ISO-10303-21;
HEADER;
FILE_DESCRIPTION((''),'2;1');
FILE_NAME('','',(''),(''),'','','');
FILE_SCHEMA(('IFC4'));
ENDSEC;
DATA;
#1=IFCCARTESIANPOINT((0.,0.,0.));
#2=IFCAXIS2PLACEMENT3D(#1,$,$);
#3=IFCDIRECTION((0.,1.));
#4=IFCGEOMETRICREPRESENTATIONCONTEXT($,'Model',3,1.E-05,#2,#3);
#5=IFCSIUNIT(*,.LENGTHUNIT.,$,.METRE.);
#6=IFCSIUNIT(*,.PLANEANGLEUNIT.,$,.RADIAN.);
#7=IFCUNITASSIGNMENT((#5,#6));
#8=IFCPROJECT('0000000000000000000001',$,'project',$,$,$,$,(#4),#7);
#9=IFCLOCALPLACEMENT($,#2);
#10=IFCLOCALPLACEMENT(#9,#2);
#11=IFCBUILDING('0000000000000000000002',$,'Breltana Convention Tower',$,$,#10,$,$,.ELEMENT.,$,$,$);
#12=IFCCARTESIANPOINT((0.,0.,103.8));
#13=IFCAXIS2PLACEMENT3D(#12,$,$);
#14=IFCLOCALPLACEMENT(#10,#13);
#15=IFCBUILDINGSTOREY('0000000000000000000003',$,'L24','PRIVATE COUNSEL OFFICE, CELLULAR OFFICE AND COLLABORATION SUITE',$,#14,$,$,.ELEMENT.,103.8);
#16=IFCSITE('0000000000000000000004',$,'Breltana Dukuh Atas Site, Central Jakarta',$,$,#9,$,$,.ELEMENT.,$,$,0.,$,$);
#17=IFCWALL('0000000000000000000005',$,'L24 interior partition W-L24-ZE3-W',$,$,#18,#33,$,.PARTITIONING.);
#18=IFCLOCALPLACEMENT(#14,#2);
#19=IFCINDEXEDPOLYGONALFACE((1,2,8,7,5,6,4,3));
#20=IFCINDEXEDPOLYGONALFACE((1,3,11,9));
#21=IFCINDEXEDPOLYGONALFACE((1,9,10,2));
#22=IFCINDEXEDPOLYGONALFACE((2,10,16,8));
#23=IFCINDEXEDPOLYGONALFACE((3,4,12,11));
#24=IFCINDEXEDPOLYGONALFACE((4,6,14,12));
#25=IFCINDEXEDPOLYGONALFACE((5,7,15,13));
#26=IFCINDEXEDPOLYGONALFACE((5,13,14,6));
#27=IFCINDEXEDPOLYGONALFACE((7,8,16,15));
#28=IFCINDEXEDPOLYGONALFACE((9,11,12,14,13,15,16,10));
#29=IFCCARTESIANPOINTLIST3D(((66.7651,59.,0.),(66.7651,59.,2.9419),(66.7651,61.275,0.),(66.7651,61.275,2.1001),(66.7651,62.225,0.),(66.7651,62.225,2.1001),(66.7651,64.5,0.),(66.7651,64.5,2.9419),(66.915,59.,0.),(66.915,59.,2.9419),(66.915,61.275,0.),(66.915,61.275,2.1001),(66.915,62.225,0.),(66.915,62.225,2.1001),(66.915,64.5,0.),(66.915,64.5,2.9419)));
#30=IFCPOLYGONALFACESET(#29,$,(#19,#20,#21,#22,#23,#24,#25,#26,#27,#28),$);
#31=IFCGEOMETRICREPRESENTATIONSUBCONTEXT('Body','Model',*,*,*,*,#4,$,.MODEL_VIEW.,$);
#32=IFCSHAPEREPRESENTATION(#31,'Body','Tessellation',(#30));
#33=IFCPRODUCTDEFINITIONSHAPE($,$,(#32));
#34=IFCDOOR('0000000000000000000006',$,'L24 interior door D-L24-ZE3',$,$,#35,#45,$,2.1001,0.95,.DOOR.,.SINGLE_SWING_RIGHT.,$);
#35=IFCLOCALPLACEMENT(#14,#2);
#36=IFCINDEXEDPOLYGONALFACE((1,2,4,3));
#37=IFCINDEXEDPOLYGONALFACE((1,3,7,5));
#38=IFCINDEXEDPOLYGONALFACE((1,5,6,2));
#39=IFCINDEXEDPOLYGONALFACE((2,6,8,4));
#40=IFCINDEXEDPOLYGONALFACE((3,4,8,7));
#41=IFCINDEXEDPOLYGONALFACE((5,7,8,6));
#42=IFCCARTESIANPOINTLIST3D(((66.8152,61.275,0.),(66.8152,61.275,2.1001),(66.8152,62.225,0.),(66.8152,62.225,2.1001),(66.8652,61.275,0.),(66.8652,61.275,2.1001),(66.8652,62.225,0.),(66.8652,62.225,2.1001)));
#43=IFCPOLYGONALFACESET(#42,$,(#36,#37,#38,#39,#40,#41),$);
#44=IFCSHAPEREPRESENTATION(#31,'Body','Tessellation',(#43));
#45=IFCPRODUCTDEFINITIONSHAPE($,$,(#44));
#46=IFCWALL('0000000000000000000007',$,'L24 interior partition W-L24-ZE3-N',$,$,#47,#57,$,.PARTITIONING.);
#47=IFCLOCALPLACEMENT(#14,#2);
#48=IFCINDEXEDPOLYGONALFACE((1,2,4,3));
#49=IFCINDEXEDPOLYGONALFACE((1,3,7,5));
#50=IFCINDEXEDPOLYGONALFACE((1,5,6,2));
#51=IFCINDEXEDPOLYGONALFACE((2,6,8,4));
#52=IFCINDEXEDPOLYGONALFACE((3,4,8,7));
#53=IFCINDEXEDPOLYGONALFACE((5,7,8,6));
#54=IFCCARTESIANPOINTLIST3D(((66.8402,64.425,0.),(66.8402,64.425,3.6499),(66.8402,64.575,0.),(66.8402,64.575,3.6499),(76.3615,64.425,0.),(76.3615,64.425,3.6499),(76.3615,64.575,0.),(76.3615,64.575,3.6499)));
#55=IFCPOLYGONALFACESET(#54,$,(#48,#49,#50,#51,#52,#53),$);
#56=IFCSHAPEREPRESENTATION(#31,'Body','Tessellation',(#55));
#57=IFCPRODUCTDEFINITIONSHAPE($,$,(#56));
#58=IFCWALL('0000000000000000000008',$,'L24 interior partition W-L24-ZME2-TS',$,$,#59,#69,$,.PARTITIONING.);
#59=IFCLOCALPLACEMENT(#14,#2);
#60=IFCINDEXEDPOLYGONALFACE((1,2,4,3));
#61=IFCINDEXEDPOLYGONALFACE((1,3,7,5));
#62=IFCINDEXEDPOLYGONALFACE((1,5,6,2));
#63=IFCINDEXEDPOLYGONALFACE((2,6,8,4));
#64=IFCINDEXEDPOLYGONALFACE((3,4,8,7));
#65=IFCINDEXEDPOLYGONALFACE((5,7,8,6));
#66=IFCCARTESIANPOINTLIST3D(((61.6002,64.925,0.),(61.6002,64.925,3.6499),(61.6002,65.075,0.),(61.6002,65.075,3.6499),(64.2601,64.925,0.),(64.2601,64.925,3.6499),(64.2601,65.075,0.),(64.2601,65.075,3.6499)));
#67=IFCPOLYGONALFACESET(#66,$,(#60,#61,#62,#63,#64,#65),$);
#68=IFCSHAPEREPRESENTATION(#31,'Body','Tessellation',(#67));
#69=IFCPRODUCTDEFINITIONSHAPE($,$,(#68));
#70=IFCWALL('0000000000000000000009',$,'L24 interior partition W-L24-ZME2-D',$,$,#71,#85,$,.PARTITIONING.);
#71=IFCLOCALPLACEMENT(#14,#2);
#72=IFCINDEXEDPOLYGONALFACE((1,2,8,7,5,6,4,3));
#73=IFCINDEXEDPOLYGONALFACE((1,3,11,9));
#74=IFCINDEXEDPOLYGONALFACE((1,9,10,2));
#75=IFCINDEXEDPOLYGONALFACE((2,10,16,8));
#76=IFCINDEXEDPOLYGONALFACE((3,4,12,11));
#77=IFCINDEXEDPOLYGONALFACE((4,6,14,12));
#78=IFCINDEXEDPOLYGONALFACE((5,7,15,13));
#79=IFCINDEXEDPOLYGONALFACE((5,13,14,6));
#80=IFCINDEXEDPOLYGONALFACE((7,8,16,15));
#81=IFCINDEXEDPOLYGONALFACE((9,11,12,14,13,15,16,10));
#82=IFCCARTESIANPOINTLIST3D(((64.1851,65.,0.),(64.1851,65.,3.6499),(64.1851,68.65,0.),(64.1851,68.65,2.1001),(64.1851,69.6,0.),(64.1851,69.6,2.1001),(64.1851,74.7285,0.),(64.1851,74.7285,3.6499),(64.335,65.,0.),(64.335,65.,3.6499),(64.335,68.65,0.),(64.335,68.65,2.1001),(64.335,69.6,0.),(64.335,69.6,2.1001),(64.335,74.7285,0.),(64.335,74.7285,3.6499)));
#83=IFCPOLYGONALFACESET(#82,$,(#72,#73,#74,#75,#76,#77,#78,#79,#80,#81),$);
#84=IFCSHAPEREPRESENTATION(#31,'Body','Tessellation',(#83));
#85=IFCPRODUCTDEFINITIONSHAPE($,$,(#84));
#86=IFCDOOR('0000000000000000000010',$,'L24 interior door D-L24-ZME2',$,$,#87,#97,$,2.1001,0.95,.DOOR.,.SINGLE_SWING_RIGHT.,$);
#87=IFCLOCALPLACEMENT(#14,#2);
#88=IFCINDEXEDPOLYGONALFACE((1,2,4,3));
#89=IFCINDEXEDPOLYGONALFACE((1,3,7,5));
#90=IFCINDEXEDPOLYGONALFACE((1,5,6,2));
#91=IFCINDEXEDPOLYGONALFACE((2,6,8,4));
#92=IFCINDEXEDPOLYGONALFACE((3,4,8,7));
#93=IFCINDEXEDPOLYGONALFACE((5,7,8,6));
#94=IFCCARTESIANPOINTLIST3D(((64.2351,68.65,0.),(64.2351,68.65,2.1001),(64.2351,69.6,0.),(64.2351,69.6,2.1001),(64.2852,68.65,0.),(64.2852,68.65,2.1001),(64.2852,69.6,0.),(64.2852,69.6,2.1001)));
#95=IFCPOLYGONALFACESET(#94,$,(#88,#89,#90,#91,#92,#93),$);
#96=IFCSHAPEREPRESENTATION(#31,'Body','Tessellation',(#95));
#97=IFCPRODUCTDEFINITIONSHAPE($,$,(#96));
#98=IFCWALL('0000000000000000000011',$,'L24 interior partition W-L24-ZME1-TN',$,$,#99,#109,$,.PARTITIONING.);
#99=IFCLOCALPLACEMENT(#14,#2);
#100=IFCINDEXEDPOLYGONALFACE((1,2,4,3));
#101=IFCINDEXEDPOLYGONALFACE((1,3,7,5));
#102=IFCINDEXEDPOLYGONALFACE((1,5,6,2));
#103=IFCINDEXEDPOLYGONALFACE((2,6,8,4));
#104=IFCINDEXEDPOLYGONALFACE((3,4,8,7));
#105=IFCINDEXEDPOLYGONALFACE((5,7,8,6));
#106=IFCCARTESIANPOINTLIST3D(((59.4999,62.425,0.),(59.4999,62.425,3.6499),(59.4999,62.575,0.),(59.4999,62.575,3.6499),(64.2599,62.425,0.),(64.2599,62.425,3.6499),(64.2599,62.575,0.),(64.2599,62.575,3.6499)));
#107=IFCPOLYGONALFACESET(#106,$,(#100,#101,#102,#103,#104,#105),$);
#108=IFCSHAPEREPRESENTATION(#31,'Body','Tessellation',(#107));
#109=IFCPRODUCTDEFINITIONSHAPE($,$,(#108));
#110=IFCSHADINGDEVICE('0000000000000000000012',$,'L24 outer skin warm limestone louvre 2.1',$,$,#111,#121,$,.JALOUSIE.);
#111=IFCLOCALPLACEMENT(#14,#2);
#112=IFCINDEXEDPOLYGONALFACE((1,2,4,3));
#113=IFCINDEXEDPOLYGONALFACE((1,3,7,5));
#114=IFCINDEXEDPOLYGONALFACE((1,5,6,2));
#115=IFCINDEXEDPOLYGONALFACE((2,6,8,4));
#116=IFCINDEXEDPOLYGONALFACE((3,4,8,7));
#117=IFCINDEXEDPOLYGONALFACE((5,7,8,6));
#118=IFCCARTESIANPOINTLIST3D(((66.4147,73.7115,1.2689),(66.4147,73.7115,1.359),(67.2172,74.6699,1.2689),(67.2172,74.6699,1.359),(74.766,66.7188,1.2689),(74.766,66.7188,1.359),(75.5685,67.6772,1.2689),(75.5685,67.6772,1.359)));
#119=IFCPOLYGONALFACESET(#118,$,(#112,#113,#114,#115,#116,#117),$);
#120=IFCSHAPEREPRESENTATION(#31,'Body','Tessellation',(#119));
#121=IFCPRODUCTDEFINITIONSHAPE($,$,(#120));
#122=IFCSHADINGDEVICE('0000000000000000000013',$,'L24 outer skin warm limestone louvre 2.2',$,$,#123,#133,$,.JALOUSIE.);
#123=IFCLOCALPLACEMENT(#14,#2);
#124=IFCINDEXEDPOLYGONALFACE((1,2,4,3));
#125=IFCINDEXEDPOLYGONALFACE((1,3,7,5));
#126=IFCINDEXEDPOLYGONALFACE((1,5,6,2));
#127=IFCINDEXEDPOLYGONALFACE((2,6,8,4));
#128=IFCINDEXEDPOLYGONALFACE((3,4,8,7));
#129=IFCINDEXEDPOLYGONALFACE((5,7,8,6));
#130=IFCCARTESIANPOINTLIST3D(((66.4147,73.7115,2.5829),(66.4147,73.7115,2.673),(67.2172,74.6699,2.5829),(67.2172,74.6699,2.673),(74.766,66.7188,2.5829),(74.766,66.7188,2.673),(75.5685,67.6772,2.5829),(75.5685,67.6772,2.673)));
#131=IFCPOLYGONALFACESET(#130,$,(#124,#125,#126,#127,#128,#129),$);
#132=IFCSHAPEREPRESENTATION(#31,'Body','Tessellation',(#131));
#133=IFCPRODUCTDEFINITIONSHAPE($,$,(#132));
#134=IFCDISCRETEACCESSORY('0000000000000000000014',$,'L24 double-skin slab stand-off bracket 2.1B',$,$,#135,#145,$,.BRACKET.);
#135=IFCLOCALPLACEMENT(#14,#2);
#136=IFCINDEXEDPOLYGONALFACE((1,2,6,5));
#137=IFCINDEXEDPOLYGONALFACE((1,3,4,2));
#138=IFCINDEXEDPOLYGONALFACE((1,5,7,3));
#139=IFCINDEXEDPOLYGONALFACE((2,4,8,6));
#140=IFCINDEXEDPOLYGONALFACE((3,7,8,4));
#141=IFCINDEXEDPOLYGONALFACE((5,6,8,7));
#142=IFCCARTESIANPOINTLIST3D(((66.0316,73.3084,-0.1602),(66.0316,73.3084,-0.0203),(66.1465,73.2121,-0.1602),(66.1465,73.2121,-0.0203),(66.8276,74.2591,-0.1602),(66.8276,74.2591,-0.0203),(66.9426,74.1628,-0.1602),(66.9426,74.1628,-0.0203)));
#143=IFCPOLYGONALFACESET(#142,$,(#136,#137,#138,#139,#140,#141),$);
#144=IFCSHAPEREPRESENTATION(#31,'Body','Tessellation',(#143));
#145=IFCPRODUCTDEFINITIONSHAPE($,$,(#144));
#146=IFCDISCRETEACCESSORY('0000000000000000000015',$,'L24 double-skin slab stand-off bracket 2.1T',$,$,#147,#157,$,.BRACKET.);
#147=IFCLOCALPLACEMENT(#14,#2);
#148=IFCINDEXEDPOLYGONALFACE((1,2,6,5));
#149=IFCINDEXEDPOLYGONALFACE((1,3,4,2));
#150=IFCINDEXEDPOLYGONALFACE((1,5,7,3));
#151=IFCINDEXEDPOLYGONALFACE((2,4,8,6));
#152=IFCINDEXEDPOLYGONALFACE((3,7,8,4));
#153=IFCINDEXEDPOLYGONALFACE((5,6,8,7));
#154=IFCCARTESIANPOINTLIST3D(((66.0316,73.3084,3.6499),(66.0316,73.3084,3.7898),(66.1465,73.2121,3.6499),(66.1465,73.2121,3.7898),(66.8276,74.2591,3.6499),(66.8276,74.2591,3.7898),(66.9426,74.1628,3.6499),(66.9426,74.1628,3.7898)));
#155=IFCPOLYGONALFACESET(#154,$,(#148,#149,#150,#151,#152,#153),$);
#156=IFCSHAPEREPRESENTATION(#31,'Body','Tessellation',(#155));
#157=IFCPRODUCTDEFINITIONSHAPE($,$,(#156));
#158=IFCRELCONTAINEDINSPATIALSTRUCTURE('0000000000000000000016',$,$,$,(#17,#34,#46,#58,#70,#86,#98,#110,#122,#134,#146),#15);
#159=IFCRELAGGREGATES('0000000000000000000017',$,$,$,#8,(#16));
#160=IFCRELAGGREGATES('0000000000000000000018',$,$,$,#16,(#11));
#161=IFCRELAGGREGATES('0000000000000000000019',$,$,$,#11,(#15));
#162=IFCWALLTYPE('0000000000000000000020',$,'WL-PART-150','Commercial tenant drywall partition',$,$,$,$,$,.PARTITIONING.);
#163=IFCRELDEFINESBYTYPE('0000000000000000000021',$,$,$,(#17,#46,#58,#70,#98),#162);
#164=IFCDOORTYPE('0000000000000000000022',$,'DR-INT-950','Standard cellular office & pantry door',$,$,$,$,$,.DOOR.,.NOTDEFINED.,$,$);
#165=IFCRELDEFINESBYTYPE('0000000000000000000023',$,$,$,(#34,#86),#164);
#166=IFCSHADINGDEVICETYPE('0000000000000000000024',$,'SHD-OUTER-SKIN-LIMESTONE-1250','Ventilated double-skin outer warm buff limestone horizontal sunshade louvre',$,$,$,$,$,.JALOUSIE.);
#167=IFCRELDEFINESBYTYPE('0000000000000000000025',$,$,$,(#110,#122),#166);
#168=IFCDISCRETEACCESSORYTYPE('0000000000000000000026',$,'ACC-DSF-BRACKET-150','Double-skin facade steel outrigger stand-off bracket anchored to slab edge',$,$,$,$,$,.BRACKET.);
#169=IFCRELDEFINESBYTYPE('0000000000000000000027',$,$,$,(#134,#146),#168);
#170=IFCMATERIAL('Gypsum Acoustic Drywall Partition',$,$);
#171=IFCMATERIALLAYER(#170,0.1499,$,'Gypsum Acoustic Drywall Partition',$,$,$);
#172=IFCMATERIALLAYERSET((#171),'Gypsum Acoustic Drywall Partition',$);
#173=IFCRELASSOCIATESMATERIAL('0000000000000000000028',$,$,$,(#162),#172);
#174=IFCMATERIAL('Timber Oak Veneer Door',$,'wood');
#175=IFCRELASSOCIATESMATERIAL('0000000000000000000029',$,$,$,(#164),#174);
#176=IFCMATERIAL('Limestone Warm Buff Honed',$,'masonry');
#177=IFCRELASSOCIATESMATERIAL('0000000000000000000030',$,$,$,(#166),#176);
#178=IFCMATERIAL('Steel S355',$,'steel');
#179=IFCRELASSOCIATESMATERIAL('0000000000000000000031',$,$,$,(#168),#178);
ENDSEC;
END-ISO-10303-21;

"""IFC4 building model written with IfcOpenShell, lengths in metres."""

from ifc_helpers import new_model, si_unit, direction, frame, frame_2d, origin, origin_2d, place, context, subcontext, project, spatial, rectangle, extrude, source, transform, mapped, material, layer, layer_set, material_profile, profile_set, type_object, type_shapes, element, fill, save


model = new_model("IFC4")

# Units and contexts
model_context = context("Model", 3, precision=1e-05, world=origin(), true_north=direction((0.0, 1.0)))
body_context = subcontext(model_context, "Body", "Model", "MODEL_VIEW")
ifc_project = project(units=[si_unit("LENGTHUNIT", "METRE"), si_unit("PLANEANGLEUNIT", "RADIAN")], contexts=[model_context])

# Site, building, storey
site_placement = place(None, origin())
site = spatial("IfcSite", under=ifc_project, at=site_placement, Name="Breltana Dukuh Atas Site, Central Jakarta", CompositionType="ELEMENT", RefElevation=0.0)
building_placement = place(site_placement, origin())
building = spatial("IfcBuilding", under=site, at=building_placement, Name="Breltana Convention Tower", CompositionType="ELEMENT")
storey_placement = place(building_placement, frame((0.0, 0.0, 103.8)))
storey = spatial("IfcBuildingStorey", under=building, at=storey_placement, Name="L24", Description="PRIVATE COUNSEL OFFICE, CELLULAR OFFICE AND COLLABORATION SUITE", CompositionType="ELEMENT", Elevation=103.8)

# Shared definitions
ifc_material_1 = material(Name="Gypsum Acoustic Drywall Partition")
ifc_layer_1 = layer(ifc_material_1, 0.1499, Name="Gypsum Acoustic Drywall Partition")
ifc_layer_set_1 = layer_set([ifc_layer_1], Name="Gypsum Acoustic Drywall Partition")
wall_type_1 = type_object("IfcWallType", Name="WL-PART-150", Description="Commercial tenant drywall partition", PredefinedType="PARTITIONING", material=ifc_layer_set_1)

# Wall, opening, door
shared_shape_1 = source(origin(), body_context, "Body", "SweptSolid", [
    extrude(rectangle(XDim=5.5, YDim=0.1499, at=frame_2d((2.75, 0.0))), origin(), (0.0, 0.0, 1.0), 2.9419),
])
wall_1_placement = place(storey_placement, frame((66.8401, 59.0, 0.0), z_axis=(0.0, 0.0, 1.0), x_axis=(0.0, 1.0, 0.0)))
wall_1 = element("IfcWall", 1, at=wall_1_placement, inside=storey, type_object=wall_type_1, Name="L24 interior partition W-L24-ZE3-W", PredefinedType="PARTITIONING", context=body_context, shape_type="MappedRepresentation", body=[
    mapped(shared_shape_1, transform((0.0, 0.0, 0.0), scale=1.0)),
])
opening_1_placement = place(wall_1_placement, frame((2.2749, 0.0, 0.0)))
opening_1 = element("IfcOpeningElement", 2, at=opening_1_placement, cuts=wall_1, PredefinedType="OPENING", context=body_context, shape_type="SweptSolid", body=[
    extrude(rectangle(XDim=0.95, YDim=2.1001, at=frame_2d((0.4751, 1.05))), frame((0.0, 0.085, 0.0), z_axis=(0.0, -1.0, 0.0), x_axis=(1.0, 0.0, 0.0)), (0.0, 0.0, 1.0), 0.1699),
])
ifc_material_2 = material(Name="Timber Oak Veneer Door", Category="wood")
door_type = type_object("IfcDoorType", Name="DR-INT-950", Description="Standard cellular office & pantry door", OperationType="NOTDEFINED", PredefinedType="DOOR", material=ifc_material_2)
shared_shape_2 = source(origin(), body_context, "Body", "SweptSolid", [
    extrude(rectangle(XDim=0.95, YDim=2.1001, at=frame_2d((0.4751, 1.05))), frame((0.0, 0.0249, 0.0), z_axis=(0.0, -1.0, 0.0), x_axis=(1.0, 0.0, 0.0)), (0.0, 0.0, 1.0), 0.05),
])
type_shapes(door_type, [shared_shape_2])
door_1_placement = place(opening_1_placement, origin())
door_1 = element("IfcDoor", 3, at=door_1_placement, inside=storey, type_object=door_type, Name="L24 interior door D-L24-ZE3", OperationType="SINGLE_SWING_RIGHT", OverallHeight=2.1001, OverallWidth=0.95, PredefinedType="DOOR", context=body_context, shape_type="MappedRepresentation", body=[
    mapped(shared_shape_2, transform((0.0, 0.0, 0.0), scale=1.0)),
])
fill(opening_1, door_1)

# Walls
shared_shape_3 = source(origin(), body_context, "Body", "SweptSolid", [
    extrude(rectangle(XDim=9.5212, YDim=0.1499, at=frame_2d((4.7607, 0.0))), origin(), (0.0, 0.0, 1.0), 3.6499),
])
wall_2_placement = place(storey_placement, frame((66.8401, 64.5, 0.0), z_axis=(0.0, 0.0, 1.0), x_axis=(1.0, 0.0, 0.0)))
element("IfcWall", 4, at=wall_2_placement, inside=storey, type_object=wall_type_1, Name="L24 interior partition W-L24-ZE3-N", PredefinedType="PARTITIONING", context=body_context, shape_type="MappedRepresentation", body=[
    mapped(shared_shape_3, transform((0.0, 0.0, 0.0), scale=1.0)),
])
shared_shape_4 = source(origin(), body_context, "Body", "SweptSolid", [
    extrude(rectangle(XDim=2.6599, YDim=0.1499, at=frame_2d((1.3301, 0.0))), origin(), (0.0, 0.0, 1.0), 3.6499),
])
wall_3_placement = place(storey_placement, frame((61.6001, 65.0, 0.0), z_axis=(0.0, 0.0, 1.0), x_axis=(1.0, 0.0, 0.0)))
element("IfcWall", 5, at=wall_3_placement, inside=storey, type_object=wall_type_1, Name="L24 interior partition W-L24-ZME2-TS", PredefinedType="PARTITIONING", context=body_context, shape_type="MappedRepresentation", body=[
    mapped(shared_shape_4, transform((0.0, 0.0, 0.0), scale=1.0)),
])

# Wall, opening, door
shared_shape_5 = source(origin(), body_context, "Body", "SweptSolid", [
    extrude(rectangle(XDim=9.7285, YDim=0.1499, at=frame_2d((4.8643, 0.0))), origin(), (0.0, 0.0, 1.0), 3.6499),
])
wall_4_placement = place(storey_placement, frame((64.26, 65.0, 0.0), z_axis=(0.0, 0.0, 1.0), x_axis=(0.0, 1.0, 0.0)))
wall_4 = element("IfcWall", 6, at=wall_4_placement, inside=storey, type_object=wall_type_1, Name="L24 interior partition W-L24-ZME2-D", PredefinedType="PARTITIONING", context=body_context, shape_type="MappedRepresentation", body=[
    mapped(shared_shape_5, transform((0.0, 0.0, 0.0), scale=1.0)),
])
opening_2_placement = place(wall_4_placement, frame((3.6499, 0.0, 0.0)))
opening_2 = element("IfcOpeningElement", 7, at=opening_2_placement, cuts=wall_4, PredefinedType="OPENING", context=body_context, shape_type="SweptSolid", body=[
    extrude(rectangle(XDim=0.95, YDim=2.1001, at=frame_2d((0.4751, 1.05))), frame((0.0, 0.085, 0.0), z_axis=(0.0, -1.0, 0.0), x_axis=(1.0, 0.0, 0.0)), (0.0, 0.0, 1.0), 0.1699),
])
door_2_placement = place(opening_2_placement, origin())
door_2 = element("IfcDoor", 8, at=door_2_placement, inside=storey, type_object=door_type, Name="L24 interior door D-L24-ZME2", OperationType="SINGLE_SWING_RIGHT", OverallHeight=2.1001, OverallWidth=0.95, PredefinedType="DOOR", context=body_context, shape_type="MappedRepresentation", body=[
    mapped(shared_shape_2, transform((0.0, 0.0, 0.0), scale=1.0)),
])
fill(opening_2, door_2)

# Wall
shared_shape_6 = source(origin(), body_context, "Body", "SweptSolid", [
    extrude(rectangle(XDim=4.76, YDim=0.1499, at=frame_2d((2.3799, 0.0))), origin(), (0.0, 0.0, 1.0), 3.6499),
])
wall_5_placement = place(storey_placement, frame((59.5, 62.5, 0.0), z_axis=(0.0, 0.0, 1.0), x_axis=(1.0, 0.0, 0.0)))
element("IfcWall", 9, at=wall_5_placement, inside=storey, type_object=wall_type_1, Name="L24 interior partition W-L24-ZME1-TN", PredefinedType="PARTITIONING", context=body_context, shape_type="MappedRepresentation", body=[
    mapped(shared_shape_6, transform((0.0, 0.0, 0.0), scale=1.0)),
])

# Shading devices
ifc_material_3 = material(Name="Limestone Warm Buff Honed", Category="masonry")
ifc_material_profile_1 = material_profile(ifc_material_3, rectangle(XDim=1.25, YDim=0.0901, at=origin_2d()), Name="STN-LVR-1250X90")
ifc_profile_set_1 = profile_set([ifc_material_profile_1], Name="Limestone Warm Buff Honed")
shading_device_type = type_object("IfcShadingDeviceType", Name="SHD-OUTER-SKIN-LIMESTONE-1250", Description="Ventilated double-skin outer warm buff limestone horizontal sunshade louvre", PredefinedType="JALOUSIE", material=ifc_profile_set_1)
shared_shape_7 = source(origin(), body_context, "Body", "SweptSolid", [
    extrude(rectangle(XDim=1.25, YDim=0.0901, at=origin_2d()), origin(), (0.0, 0.0, 1.0), 10.8923),
])
for number, where, z_axis, x_axis, name in (
    (10, (66.8159, 74.1907, 1.314), (0.766718, -0.641984, 0.0), (0.641984, 0.766718, 0.0), "L24 outer skin warm limestone louvre 2.1"),
    (11, (66.8159, 74.1907, 2.6279), (0.766718, -0.641984, 0.0), (0.641984, 0.766718, 0.0), "L24 outer skin warm limestone louvre 2.2"),
):
    element("IfcShadingDevice", number, at=place(storey_placement, frame(where, z_axis=z_axis, x_axis=x_axis)), inside=storey, type_object=shading_device_type, Name=name, PredefinedType="JALOUSIE", context=body_context, shape_type="MappedRepresentation", body=[
        mapped(shared_shape_7, transform((0.0, 0.0, 0.0), scale=1.0)),
    ])

# Discrete accessories
ifc_material_4 = material(Name="Steel S355", Category="steel")
discrete_accessory_type = type_object("IfcDiscreteAccessoryType", Name="ACC-DSF-BRACKET-150", Description="Double-skin facade steel outrigger stand-off bracket anchored to slab edge", PredefinedType="BRACKET", material=ifc_material_4)
shared_shape_8 = source(origin(), body_context, "Body", "SweptSolid", [
    extrude(rectangle(XDim=1.24, YDim=0.1499, at=origin_2d()), origin(), (0.0, 0.0, 1.0), 0.1399),
])
type_shapes(discrete_accessory_type, [shared_shape_8])
for number, where, z_axis, x_axis, name in (
    (12, (66.4871, 73.7356, -0.1602), (0.0, 0.0, 1.0), (0.641987, 0.766715, 0.0), "L24 double-skin slab stand-off bracket 2.1B"),
    (13, (66.4871, 73.7356, 3.6499), (0.0, 0.0, 1.0), (0.641987, 0.766715, 0.0), "L24 double-skin slab stand-off bracket 2.1T"),
):
    element("IfcDiscreteAccessory", number, at=place(storey_placement, frame(where, z_axis=z_axis, x_axis=x_axis)), inside=storey, type_object=discrete_accessory_type, Name=name, PredefinedType="BRACKET", context=body_context, shape_type="MappedRepresentation", body=[
        mapped(shared_shape_8, transform((0.0, 0.0, 0.0), scale=1.0)),
    ])

save(model, "model.ifc")
